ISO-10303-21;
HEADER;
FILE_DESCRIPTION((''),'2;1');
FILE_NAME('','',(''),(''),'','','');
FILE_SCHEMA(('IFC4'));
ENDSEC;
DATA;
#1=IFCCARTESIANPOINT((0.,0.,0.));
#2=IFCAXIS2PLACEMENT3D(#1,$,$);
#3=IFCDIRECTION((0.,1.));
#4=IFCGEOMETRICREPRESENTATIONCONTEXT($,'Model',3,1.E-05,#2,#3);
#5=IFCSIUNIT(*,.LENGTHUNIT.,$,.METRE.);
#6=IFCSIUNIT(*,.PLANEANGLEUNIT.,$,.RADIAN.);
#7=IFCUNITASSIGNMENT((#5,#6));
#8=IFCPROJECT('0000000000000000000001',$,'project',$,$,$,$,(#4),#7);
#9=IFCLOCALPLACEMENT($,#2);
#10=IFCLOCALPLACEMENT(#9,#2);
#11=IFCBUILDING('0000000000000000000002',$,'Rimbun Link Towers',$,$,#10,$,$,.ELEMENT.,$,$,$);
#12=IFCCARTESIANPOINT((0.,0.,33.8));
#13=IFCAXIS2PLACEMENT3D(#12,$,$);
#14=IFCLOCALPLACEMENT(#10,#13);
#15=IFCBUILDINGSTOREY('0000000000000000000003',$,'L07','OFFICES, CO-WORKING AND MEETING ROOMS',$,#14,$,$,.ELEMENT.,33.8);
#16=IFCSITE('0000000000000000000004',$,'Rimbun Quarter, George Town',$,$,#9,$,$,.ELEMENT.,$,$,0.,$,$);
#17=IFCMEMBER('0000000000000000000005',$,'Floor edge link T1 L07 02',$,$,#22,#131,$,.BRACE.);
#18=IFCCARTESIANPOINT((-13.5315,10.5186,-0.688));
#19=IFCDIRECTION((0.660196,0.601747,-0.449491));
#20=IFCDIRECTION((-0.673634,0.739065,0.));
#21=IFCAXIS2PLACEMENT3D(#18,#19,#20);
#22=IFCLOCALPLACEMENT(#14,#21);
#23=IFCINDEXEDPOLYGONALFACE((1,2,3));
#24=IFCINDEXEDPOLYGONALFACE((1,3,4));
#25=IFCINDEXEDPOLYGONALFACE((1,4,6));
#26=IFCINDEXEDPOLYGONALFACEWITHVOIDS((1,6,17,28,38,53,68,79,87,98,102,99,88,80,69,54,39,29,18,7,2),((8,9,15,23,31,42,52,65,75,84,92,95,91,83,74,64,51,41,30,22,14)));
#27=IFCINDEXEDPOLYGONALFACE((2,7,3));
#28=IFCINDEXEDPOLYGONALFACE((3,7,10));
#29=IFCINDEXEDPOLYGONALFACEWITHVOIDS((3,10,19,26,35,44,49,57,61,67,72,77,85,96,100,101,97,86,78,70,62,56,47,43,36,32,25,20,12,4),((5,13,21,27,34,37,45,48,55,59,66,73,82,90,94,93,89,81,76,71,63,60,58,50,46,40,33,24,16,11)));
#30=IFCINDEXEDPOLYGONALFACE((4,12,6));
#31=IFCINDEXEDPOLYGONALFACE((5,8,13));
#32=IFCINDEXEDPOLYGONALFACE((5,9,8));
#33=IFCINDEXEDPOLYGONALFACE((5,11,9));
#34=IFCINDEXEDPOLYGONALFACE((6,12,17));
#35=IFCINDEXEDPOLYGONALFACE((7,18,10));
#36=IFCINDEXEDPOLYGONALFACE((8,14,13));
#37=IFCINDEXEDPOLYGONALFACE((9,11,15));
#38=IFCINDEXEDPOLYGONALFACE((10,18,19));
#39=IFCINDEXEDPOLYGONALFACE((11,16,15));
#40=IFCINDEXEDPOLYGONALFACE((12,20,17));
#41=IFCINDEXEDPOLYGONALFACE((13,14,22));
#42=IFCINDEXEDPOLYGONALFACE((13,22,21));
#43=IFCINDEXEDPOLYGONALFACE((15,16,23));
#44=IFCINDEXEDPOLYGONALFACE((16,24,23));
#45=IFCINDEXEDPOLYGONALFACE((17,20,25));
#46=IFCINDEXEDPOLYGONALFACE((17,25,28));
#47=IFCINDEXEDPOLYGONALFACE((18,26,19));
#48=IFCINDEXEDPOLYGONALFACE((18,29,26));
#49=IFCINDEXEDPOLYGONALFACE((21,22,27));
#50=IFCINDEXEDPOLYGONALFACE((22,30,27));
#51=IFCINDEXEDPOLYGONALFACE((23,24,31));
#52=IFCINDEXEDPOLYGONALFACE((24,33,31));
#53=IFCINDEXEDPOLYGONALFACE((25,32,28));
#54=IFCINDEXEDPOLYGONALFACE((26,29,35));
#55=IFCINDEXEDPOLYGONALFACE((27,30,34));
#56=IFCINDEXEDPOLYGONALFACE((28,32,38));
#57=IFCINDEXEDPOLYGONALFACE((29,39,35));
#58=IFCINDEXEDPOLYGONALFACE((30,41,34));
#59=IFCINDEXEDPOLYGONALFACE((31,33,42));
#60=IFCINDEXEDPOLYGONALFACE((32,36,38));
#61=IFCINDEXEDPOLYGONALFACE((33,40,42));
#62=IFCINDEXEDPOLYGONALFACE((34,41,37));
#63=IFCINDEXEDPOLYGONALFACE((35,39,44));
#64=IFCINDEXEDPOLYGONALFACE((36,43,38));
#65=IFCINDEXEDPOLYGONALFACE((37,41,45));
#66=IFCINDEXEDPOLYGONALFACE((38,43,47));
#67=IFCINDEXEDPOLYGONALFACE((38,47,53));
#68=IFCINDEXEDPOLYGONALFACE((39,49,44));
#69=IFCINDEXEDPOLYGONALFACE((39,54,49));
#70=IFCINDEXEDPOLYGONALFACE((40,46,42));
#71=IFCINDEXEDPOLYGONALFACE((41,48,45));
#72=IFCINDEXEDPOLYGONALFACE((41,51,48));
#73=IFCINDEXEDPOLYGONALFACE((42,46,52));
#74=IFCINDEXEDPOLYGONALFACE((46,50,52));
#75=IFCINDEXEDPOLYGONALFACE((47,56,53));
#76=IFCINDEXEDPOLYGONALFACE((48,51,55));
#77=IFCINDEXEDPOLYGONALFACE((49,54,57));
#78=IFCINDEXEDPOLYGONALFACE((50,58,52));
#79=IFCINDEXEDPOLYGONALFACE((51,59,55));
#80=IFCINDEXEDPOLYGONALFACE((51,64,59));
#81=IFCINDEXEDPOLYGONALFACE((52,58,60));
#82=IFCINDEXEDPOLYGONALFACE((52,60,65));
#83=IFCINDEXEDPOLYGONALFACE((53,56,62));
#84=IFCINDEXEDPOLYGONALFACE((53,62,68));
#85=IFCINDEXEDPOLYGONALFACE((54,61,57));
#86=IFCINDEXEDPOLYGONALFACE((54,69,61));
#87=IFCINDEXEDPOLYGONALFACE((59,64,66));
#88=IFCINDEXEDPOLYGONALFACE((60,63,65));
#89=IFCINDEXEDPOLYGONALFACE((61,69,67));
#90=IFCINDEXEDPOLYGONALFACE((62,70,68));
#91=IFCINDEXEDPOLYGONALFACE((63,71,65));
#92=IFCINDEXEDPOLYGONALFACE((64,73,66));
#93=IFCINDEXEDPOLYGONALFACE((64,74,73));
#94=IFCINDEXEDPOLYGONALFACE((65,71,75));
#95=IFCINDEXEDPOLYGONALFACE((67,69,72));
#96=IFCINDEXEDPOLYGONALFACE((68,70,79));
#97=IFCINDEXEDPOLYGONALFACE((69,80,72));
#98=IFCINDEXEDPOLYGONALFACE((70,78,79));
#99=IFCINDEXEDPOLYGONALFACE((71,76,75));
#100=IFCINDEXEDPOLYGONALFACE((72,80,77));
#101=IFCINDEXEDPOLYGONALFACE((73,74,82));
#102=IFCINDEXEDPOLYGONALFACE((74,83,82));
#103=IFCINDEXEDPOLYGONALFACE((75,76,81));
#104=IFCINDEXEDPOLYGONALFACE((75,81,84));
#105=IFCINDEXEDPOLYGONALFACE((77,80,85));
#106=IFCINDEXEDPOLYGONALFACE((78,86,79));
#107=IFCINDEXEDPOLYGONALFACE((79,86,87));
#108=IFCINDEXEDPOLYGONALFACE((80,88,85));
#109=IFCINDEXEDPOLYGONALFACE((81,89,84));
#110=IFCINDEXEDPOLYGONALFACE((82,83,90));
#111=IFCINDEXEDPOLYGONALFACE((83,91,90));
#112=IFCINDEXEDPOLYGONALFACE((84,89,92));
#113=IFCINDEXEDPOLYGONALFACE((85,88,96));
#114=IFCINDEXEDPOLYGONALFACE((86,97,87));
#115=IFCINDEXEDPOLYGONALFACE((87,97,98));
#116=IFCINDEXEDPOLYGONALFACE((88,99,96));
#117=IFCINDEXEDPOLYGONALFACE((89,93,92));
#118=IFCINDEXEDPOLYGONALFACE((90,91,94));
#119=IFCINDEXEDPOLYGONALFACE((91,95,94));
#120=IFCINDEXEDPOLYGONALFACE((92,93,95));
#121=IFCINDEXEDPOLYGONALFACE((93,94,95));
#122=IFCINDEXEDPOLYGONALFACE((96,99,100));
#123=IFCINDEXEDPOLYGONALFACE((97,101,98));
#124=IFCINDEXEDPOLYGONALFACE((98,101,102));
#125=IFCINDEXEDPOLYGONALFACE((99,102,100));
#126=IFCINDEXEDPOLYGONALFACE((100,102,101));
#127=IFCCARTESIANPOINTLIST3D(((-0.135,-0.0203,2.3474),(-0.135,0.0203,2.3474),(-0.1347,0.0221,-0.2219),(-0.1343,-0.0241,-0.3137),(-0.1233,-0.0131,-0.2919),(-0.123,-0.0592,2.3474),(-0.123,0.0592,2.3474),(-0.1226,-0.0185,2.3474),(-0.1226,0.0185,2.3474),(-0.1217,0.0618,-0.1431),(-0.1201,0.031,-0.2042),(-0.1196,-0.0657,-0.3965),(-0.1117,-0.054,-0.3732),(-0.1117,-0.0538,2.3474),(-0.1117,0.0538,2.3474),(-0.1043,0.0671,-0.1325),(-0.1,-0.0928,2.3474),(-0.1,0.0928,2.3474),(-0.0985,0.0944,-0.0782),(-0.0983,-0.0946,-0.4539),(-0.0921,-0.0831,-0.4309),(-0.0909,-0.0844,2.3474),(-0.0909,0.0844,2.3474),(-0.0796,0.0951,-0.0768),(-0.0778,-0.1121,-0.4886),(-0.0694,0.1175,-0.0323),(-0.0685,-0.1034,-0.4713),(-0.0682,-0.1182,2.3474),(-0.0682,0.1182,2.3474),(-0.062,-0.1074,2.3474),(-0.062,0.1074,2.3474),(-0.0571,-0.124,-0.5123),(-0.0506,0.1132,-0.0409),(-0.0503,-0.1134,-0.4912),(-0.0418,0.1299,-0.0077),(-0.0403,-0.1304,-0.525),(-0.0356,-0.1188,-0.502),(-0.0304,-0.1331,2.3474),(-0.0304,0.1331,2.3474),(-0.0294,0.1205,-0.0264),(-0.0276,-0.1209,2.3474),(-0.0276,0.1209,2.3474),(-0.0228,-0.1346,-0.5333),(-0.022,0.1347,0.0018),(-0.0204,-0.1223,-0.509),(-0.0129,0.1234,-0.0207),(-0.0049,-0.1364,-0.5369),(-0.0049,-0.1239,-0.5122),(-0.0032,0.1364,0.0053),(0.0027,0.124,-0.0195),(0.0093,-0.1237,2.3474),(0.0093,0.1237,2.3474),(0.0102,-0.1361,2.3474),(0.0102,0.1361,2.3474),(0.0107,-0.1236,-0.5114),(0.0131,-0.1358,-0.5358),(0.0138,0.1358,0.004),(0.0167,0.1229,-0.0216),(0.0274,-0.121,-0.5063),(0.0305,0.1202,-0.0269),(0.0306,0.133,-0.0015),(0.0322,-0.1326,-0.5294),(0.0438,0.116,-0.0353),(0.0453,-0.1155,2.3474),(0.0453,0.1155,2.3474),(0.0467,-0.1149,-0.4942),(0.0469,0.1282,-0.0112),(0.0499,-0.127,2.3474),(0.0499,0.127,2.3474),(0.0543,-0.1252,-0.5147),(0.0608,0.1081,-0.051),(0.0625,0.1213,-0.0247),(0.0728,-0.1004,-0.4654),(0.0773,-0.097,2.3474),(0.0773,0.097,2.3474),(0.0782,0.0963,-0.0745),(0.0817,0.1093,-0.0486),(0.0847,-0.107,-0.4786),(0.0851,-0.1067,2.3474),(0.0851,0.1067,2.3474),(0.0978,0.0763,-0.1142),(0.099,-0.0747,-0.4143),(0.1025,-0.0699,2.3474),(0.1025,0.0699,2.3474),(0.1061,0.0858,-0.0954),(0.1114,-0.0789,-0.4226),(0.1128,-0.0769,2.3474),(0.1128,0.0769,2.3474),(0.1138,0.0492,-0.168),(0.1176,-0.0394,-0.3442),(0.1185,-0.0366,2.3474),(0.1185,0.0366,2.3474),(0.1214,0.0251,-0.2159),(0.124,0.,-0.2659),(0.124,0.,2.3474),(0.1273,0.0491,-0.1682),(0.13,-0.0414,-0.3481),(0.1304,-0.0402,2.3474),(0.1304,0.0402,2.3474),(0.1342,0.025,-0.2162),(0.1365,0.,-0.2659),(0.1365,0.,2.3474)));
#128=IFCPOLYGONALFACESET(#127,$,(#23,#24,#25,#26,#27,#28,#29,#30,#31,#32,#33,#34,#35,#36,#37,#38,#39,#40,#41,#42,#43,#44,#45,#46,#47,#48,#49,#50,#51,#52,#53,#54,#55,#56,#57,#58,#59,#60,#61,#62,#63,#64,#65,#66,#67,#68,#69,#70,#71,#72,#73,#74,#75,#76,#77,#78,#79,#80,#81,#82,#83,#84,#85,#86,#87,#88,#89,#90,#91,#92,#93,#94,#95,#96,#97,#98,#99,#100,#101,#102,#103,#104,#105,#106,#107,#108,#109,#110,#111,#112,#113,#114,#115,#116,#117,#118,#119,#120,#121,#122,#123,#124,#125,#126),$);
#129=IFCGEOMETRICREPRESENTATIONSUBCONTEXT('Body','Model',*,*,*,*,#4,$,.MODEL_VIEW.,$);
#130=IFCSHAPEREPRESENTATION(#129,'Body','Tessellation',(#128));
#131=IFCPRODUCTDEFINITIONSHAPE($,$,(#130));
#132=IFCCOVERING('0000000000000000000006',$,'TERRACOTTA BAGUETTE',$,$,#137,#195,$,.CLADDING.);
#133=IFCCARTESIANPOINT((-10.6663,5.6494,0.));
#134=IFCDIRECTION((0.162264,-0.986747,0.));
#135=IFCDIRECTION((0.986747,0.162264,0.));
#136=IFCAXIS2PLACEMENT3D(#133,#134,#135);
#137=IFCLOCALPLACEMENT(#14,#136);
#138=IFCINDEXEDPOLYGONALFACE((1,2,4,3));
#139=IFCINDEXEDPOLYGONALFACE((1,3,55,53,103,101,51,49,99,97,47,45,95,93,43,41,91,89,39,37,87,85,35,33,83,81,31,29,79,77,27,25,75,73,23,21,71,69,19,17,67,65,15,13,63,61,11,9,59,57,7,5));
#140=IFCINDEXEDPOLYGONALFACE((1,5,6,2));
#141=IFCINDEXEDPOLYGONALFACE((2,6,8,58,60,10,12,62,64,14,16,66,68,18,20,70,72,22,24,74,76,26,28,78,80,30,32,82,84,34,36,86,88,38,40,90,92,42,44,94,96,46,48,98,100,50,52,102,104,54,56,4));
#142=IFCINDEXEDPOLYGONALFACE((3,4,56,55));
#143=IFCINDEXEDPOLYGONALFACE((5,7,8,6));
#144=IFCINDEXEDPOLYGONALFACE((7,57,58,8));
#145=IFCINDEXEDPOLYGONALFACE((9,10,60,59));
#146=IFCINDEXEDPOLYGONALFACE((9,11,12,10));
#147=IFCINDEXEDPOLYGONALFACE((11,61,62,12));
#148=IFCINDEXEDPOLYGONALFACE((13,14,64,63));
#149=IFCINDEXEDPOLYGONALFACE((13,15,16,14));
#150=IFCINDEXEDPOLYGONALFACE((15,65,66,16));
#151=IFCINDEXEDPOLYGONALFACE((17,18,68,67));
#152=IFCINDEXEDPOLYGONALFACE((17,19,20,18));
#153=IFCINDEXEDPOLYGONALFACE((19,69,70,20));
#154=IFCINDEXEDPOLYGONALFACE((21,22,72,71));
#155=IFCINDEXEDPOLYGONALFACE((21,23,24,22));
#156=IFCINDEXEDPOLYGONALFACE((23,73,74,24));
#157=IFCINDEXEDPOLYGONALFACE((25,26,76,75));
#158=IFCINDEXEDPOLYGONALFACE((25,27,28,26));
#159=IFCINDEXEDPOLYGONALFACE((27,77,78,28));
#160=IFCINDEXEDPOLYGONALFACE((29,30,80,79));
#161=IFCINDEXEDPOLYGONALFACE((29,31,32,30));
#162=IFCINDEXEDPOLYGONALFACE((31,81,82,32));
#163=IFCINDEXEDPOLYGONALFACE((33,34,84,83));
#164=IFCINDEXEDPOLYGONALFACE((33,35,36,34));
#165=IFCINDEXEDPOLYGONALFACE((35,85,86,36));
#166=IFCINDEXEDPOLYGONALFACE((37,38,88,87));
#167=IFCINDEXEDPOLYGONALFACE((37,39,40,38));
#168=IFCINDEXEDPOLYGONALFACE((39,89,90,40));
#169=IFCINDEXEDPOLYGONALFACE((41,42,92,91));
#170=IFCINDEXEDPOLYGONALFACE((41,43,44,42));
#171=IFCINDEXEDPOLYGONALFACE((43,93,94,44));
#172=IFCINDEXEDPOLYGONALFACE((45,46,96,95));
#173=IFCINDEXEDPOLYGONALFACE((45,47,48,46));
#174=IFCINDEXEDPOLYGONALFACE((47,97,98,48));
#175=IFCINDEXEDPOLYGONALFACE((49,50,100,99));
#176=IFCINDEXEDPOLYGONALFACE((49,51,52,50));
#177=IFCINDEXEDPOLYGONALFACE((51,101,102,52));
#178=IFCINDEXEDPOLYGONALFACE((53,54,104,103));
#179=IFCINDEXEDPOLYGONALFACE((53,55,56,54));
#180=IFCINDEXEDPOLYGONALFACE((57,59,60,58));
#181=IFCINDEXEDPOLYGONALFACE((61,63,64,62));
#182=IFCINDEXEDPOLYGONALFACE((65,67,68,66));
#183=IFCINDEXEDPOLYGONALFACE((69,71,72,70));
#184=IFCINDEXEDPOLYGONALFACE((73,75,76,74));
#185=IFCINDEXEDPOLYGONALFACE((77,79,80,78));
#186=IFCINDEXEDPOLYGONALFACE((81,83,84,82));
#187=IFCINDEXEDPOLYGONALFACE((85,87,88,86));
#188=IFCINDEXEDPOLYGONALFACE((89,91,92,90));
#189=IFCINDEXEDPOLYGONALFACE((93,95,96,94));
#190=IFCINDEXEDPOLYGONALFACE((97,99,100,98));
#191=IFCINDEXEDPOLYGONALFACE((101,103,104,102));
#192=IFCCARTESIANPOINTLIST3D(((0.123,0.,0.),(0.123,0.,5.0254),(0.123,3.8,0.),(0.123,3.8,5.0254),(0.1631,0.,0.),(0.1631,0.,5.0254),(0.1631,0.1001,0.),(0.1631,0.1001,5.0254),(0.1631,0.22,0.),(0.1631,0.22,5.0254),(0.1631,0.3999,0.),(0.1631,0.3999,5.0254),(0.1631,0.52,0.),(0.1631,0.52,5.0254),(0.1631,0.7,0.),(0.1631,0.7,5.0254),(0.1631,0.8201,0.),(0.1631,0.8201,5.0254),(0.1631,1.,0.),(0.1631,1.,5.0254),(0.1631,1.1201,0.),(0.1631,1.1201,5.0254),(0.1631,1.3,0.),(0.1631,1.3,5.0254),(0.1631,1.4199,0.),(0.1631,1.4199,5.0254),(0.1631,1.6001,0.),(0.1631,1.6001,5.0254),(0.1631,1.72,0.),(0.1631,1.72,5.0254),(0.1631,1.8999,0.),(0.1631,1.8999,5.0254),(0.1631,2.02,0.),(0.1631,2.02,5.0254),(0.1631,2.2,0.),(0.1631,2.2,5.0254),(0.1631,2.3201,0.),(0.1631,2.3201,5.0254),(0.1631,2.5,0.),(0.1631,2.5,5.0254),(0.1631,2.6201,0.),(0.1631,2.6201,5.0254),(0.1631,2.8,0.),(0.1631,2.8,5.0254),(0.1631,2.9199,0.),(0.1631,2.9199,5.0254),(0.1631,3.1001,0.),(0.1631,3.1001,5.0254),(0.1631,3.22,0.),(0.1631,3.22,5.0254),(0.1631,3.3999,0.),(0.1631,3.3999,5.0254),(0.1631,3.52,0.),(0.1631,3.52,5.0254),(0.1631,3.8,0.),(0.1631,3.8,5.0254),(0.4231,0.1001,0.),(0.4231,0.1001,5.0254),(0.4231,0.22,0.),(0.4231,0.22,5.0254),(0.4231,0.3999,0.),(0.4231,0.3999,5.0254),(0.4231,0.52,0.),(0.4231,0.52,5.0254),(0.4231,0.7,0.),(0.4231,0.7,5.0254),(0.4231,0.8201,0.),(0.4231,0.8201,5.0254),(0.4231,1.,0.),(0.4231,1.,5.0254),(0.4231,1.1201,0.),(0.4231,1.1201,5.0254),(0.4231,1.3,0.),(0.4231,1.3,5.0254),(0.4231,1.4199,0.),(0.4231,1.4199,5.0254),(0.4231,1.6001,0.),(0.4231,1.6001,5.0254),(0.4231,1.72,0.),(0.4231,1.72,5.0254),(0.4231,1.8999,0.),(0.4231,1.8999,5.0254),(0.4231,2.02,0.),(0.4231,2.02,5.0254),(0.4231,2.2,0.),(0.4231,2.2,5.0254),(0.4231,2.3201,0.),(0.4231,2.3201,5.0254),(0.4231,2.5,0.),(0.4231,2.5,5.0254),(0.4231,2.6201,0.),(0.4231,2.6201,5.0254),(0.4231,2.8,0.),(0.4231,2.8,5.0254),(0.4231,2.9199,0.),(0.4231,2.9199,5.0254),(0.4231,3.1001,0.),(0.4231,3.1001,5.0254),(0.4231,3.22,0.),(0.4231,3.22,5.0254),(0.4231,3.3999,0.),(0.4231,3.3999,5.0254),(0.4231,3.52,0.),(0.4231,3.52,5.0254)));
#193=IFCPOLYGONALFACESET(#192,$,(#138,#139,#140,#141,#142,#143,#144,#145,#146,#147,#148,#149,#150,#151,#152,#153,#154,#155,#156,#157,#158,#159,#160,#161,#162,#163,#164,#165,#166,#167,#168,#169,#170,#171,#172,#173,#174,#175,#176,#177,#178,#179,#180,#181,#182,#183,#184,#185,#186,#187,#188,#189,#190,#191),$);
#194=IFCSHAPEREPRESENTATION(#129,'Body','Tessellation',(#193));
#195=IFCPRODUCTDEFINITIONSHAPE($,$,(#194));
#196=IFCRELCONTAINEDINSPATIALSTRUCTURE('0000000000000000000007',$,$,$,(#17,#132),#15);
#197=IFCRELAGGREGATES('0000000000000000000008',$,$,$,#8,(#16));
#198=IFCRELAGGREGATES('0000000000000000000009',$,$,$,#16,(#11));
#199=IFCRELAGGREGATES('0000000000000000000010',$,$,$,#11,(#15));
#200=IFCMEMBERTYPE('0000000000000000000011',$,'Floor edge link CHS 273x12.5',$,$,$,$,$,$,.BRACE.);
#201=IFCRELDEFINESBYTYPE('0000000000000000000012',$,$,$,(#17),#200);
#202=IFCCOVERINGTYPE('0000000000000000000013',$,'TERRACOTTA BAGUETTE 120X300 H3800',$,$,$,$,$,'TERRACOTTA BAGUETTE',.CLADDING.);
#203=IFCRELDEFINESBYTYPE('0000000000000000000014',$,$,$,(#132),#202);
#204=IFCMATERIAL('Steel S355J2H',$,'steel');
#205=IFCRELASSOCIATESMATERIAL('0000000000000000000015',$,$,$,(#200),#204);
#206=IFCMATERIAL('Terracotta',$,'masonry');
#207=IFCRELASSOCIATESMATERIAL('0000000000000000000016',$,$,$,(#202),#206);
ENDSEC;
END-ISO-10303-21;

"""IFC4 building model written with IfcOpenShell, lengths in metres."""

from ifc_helpers import new_model, si_unit, direction, frame, origin, origin_2d, place, context, subcontext, project, spatial, polyline, hollow_circle, outline, extrude, clip, halfspace, material, material_profile, profile_set, type_object, element, save


model = new_model("IFC4")

# Units and contexts
model_context = context("Model", 3, precision=1e-05, world=origin(), true_north=direction((0.0, 1.0)))
body_context = subcontext(model_context, "Body", "Model", "MODEL_VIEW")
ifc_project = project(units=[si_unit("LENGTHUNIT", "METRE"), si_unit("PLANEANGLEUNIT", "RADIAN")], contexts=[model_context])

# Site, building, storey
site_placement = place(None, origin())
site = spatial("IfcSite", under=ifc_project, at=site_placement, Name="Rimbun Quarter, George Town", CompositionType="ELEMENT", RefElevation=0.0)
building_placement = place(site_placement, origin())
building = spatial("IfcBuilding", under=site, at=building_placement, Name="Rimbun Link Towers", CompositionType="ELEMENT")
storey_placement = place(building_placement, frame((0.0, 0.0, 33.8)))
storey = spatial("IfcBuildingStorey", under=building, at=storey_placement, Name="L07", Description="OFFICES, CO-WORKING AND MEETING ROOMS", CompositionType="ELEMENT", Elevation=33.8)

# Member
ifc_material_1 = material(Name="Steel S355J2H", Category="steel")
ifc_material_profile_1 = material_profile(ifc_material_1, hollow_circle(Radius=0.1365, WallThickness=0.0125, at=origin_2d()), Name="CHS 273x12.5")
ifc_profile_set_1 = profile_set([ifc_material_profile_1], Name="Steel S355J2H")
member_type_1 = type_object("IfcMemberType", Name="Floor edge link CHS 273x12.5", PredefinedType="BRACE", material=ifc_profile_set_1)
member_1_placement = place(storey_placement, frame((-13.5315, 10.5186, -0.688), z_axis=(0.660196, 0.601747, -0.449491), x_axis=(-0.673634, 0.739065, 0.0)))
element("IfcMember", 1, at=member_1_placement, inside=storey, type_object=member_type_1, Name="Floor edge link T1 L07 02", PredefinedType="BRACE", context=body_context, shape_type="Clipping", body=[
    clip(extrude(hollow_circle(Radius=0.1365, WallThickness=0.0125, at=origin_2d()), frame((0.0, 0.0, -0.5649)), (0.0, 0.0, 1.0), 2.9124), halfspace(frame((0.0, 0.0, -0.2659), z_axis=(0.0, 0.893285, -0.449491)), False)),
])

# Covering
ifc_material_2 = material(Name="Terracotta", Category="masonry")
ifc_material_profile_2 = material_profile(ifc_material_2, outline(polyline([(0.123, 0.0), (0.1631, 0.0), (0.1631, 0.1001), (0.4231, 0.1001), (0.4231, 0.22), (0.1631, 0.22), (0.1631, 0.3999), (0.4231, 0.3999), (0.4231, 0.52), (0.1631, 0.52), (0.1631, 0.7), (0.4231, 0.7), (0.4231, 0.8201), (0.1631, 0.8201), (0.1631, 1.0), (0.4231, 1.0), (0.4231, 1.1201), (0.1631, 1.1201), (0.1631, 1.3), (0.4231, 1.3), (0.4231, 1.4199), (0.1631, 1.4199), (0.1631, 1.6001), (0.4231, 1.6001), (0.4231, 1.72), (0.1631, 1.72), (0.1631, 1.8999), (0.4231, 1.8999), (0.4231, 2.02), (0.1631, 2.02), (0.1631, 2.2), (0.4231, 2.2), (0.4231, 2.3201), (0.1631, 2.3201), (0.1631, 2.5), (0.4231, 2.5), (0.4231, 2.6201), (0.1631, 2.6201), (0.1631, 2.8), (0.4231, 2.8), (0.4231, 2.9199), (0.1631, 2.9199), (0.1631, 3.1001), (0.4231, 3.1001), (0.4231, 3.22), (0.1631, 3.22), (0.1631, 3.3999), (0.4231, 3.3999), (0.4231, 3.52), (0.1631, 3.52), (0.1631, 3.8), (0.123, 3.8), (0.123, 0.0)])), Name="BAGUETTE 120X300")
ifc_profile_set_2 = profile_set([ifc_material_profile_2], Name="Terracotta")
covering_type_1 = type_object("IfcCoveringType", Name="TERRACOTTA BAGUETTE 120X300 H3800", ElementType="TERRACOTTA BAGUETTE", PredefinedType="CLADDING", material=ifc_profile_set_2)
covering_1_placement = place(storey_placement, frame((-10.6663, 5.6494, 0.0), z_axis=(0.162264, -0.986747, 0.0), x_axis=(0.986747, 0.162264, 0.0)))
element("IfcCovering", 2, at=covering_1_placement, inside=storey, type_object=covering_type_1, Name="TERRACOTTA BAGUETTE", PredefinedType="CLADDING", context=body_context, shape_type="SweptSolid", body=[
    extrude(outline(polyline([(0.123, 0.0), (0.1631, 0.0), (0.1631, 0.1001), (0.4231, 0.1001), (0.4231, 0.22), (0.1631, 0.22), (0.1631, 0.3999), (0.4231, 0.3999), (0.4231, 0.52), (0.1631, 0.52), (0.1631, 0.7), (0.4231, 0.7), (0.4231, 0.8201), (0.1631, 0.8201), (0.1631, 1.0), (0.4231, 1.0), (0.4231, 1.1201), (0.1631, 1.1201), (0.1631, 1.3), (0.4231, 1.3), (0.4231, 1.4199), (0.1631, 1.4199), (0.1631, 1.6001), (0.4231, 1.6001), (0.4231, 1.72), (0.1631, 1.72), (0.1631, 1.8999), (0.4231, 1.8999), (0.4231, 2.02), (0.1631, 2.02), (0.1631, 2.2), (0.4231, 2.2), (0.4231, 2.3201), (0.1631, 2.3201), (0.1631, 2.5), (0.4231, 2.5), (0.4231, 2.6201), (0.1631, 2.6201), (0.1631, 2.8), (0.4231, 2.8), (0.4231, 2.9199), (0.1631, 2.9199), (0.1631, 3.1001), (0.4231, 3.1001), (0.4231, 3.22), (0.1631, 3.22), (0.1631, 3.3999), (0.4231, 3.3999), (0.4231, 3.52), (0.1631, 3.52), (0.1631, 3.8), (0.123, 3.8), (0.123, 0.0)])), origin(), (0.0, 0.0, 1.0), 5.0254),
])

save(model, "model.ifc")
